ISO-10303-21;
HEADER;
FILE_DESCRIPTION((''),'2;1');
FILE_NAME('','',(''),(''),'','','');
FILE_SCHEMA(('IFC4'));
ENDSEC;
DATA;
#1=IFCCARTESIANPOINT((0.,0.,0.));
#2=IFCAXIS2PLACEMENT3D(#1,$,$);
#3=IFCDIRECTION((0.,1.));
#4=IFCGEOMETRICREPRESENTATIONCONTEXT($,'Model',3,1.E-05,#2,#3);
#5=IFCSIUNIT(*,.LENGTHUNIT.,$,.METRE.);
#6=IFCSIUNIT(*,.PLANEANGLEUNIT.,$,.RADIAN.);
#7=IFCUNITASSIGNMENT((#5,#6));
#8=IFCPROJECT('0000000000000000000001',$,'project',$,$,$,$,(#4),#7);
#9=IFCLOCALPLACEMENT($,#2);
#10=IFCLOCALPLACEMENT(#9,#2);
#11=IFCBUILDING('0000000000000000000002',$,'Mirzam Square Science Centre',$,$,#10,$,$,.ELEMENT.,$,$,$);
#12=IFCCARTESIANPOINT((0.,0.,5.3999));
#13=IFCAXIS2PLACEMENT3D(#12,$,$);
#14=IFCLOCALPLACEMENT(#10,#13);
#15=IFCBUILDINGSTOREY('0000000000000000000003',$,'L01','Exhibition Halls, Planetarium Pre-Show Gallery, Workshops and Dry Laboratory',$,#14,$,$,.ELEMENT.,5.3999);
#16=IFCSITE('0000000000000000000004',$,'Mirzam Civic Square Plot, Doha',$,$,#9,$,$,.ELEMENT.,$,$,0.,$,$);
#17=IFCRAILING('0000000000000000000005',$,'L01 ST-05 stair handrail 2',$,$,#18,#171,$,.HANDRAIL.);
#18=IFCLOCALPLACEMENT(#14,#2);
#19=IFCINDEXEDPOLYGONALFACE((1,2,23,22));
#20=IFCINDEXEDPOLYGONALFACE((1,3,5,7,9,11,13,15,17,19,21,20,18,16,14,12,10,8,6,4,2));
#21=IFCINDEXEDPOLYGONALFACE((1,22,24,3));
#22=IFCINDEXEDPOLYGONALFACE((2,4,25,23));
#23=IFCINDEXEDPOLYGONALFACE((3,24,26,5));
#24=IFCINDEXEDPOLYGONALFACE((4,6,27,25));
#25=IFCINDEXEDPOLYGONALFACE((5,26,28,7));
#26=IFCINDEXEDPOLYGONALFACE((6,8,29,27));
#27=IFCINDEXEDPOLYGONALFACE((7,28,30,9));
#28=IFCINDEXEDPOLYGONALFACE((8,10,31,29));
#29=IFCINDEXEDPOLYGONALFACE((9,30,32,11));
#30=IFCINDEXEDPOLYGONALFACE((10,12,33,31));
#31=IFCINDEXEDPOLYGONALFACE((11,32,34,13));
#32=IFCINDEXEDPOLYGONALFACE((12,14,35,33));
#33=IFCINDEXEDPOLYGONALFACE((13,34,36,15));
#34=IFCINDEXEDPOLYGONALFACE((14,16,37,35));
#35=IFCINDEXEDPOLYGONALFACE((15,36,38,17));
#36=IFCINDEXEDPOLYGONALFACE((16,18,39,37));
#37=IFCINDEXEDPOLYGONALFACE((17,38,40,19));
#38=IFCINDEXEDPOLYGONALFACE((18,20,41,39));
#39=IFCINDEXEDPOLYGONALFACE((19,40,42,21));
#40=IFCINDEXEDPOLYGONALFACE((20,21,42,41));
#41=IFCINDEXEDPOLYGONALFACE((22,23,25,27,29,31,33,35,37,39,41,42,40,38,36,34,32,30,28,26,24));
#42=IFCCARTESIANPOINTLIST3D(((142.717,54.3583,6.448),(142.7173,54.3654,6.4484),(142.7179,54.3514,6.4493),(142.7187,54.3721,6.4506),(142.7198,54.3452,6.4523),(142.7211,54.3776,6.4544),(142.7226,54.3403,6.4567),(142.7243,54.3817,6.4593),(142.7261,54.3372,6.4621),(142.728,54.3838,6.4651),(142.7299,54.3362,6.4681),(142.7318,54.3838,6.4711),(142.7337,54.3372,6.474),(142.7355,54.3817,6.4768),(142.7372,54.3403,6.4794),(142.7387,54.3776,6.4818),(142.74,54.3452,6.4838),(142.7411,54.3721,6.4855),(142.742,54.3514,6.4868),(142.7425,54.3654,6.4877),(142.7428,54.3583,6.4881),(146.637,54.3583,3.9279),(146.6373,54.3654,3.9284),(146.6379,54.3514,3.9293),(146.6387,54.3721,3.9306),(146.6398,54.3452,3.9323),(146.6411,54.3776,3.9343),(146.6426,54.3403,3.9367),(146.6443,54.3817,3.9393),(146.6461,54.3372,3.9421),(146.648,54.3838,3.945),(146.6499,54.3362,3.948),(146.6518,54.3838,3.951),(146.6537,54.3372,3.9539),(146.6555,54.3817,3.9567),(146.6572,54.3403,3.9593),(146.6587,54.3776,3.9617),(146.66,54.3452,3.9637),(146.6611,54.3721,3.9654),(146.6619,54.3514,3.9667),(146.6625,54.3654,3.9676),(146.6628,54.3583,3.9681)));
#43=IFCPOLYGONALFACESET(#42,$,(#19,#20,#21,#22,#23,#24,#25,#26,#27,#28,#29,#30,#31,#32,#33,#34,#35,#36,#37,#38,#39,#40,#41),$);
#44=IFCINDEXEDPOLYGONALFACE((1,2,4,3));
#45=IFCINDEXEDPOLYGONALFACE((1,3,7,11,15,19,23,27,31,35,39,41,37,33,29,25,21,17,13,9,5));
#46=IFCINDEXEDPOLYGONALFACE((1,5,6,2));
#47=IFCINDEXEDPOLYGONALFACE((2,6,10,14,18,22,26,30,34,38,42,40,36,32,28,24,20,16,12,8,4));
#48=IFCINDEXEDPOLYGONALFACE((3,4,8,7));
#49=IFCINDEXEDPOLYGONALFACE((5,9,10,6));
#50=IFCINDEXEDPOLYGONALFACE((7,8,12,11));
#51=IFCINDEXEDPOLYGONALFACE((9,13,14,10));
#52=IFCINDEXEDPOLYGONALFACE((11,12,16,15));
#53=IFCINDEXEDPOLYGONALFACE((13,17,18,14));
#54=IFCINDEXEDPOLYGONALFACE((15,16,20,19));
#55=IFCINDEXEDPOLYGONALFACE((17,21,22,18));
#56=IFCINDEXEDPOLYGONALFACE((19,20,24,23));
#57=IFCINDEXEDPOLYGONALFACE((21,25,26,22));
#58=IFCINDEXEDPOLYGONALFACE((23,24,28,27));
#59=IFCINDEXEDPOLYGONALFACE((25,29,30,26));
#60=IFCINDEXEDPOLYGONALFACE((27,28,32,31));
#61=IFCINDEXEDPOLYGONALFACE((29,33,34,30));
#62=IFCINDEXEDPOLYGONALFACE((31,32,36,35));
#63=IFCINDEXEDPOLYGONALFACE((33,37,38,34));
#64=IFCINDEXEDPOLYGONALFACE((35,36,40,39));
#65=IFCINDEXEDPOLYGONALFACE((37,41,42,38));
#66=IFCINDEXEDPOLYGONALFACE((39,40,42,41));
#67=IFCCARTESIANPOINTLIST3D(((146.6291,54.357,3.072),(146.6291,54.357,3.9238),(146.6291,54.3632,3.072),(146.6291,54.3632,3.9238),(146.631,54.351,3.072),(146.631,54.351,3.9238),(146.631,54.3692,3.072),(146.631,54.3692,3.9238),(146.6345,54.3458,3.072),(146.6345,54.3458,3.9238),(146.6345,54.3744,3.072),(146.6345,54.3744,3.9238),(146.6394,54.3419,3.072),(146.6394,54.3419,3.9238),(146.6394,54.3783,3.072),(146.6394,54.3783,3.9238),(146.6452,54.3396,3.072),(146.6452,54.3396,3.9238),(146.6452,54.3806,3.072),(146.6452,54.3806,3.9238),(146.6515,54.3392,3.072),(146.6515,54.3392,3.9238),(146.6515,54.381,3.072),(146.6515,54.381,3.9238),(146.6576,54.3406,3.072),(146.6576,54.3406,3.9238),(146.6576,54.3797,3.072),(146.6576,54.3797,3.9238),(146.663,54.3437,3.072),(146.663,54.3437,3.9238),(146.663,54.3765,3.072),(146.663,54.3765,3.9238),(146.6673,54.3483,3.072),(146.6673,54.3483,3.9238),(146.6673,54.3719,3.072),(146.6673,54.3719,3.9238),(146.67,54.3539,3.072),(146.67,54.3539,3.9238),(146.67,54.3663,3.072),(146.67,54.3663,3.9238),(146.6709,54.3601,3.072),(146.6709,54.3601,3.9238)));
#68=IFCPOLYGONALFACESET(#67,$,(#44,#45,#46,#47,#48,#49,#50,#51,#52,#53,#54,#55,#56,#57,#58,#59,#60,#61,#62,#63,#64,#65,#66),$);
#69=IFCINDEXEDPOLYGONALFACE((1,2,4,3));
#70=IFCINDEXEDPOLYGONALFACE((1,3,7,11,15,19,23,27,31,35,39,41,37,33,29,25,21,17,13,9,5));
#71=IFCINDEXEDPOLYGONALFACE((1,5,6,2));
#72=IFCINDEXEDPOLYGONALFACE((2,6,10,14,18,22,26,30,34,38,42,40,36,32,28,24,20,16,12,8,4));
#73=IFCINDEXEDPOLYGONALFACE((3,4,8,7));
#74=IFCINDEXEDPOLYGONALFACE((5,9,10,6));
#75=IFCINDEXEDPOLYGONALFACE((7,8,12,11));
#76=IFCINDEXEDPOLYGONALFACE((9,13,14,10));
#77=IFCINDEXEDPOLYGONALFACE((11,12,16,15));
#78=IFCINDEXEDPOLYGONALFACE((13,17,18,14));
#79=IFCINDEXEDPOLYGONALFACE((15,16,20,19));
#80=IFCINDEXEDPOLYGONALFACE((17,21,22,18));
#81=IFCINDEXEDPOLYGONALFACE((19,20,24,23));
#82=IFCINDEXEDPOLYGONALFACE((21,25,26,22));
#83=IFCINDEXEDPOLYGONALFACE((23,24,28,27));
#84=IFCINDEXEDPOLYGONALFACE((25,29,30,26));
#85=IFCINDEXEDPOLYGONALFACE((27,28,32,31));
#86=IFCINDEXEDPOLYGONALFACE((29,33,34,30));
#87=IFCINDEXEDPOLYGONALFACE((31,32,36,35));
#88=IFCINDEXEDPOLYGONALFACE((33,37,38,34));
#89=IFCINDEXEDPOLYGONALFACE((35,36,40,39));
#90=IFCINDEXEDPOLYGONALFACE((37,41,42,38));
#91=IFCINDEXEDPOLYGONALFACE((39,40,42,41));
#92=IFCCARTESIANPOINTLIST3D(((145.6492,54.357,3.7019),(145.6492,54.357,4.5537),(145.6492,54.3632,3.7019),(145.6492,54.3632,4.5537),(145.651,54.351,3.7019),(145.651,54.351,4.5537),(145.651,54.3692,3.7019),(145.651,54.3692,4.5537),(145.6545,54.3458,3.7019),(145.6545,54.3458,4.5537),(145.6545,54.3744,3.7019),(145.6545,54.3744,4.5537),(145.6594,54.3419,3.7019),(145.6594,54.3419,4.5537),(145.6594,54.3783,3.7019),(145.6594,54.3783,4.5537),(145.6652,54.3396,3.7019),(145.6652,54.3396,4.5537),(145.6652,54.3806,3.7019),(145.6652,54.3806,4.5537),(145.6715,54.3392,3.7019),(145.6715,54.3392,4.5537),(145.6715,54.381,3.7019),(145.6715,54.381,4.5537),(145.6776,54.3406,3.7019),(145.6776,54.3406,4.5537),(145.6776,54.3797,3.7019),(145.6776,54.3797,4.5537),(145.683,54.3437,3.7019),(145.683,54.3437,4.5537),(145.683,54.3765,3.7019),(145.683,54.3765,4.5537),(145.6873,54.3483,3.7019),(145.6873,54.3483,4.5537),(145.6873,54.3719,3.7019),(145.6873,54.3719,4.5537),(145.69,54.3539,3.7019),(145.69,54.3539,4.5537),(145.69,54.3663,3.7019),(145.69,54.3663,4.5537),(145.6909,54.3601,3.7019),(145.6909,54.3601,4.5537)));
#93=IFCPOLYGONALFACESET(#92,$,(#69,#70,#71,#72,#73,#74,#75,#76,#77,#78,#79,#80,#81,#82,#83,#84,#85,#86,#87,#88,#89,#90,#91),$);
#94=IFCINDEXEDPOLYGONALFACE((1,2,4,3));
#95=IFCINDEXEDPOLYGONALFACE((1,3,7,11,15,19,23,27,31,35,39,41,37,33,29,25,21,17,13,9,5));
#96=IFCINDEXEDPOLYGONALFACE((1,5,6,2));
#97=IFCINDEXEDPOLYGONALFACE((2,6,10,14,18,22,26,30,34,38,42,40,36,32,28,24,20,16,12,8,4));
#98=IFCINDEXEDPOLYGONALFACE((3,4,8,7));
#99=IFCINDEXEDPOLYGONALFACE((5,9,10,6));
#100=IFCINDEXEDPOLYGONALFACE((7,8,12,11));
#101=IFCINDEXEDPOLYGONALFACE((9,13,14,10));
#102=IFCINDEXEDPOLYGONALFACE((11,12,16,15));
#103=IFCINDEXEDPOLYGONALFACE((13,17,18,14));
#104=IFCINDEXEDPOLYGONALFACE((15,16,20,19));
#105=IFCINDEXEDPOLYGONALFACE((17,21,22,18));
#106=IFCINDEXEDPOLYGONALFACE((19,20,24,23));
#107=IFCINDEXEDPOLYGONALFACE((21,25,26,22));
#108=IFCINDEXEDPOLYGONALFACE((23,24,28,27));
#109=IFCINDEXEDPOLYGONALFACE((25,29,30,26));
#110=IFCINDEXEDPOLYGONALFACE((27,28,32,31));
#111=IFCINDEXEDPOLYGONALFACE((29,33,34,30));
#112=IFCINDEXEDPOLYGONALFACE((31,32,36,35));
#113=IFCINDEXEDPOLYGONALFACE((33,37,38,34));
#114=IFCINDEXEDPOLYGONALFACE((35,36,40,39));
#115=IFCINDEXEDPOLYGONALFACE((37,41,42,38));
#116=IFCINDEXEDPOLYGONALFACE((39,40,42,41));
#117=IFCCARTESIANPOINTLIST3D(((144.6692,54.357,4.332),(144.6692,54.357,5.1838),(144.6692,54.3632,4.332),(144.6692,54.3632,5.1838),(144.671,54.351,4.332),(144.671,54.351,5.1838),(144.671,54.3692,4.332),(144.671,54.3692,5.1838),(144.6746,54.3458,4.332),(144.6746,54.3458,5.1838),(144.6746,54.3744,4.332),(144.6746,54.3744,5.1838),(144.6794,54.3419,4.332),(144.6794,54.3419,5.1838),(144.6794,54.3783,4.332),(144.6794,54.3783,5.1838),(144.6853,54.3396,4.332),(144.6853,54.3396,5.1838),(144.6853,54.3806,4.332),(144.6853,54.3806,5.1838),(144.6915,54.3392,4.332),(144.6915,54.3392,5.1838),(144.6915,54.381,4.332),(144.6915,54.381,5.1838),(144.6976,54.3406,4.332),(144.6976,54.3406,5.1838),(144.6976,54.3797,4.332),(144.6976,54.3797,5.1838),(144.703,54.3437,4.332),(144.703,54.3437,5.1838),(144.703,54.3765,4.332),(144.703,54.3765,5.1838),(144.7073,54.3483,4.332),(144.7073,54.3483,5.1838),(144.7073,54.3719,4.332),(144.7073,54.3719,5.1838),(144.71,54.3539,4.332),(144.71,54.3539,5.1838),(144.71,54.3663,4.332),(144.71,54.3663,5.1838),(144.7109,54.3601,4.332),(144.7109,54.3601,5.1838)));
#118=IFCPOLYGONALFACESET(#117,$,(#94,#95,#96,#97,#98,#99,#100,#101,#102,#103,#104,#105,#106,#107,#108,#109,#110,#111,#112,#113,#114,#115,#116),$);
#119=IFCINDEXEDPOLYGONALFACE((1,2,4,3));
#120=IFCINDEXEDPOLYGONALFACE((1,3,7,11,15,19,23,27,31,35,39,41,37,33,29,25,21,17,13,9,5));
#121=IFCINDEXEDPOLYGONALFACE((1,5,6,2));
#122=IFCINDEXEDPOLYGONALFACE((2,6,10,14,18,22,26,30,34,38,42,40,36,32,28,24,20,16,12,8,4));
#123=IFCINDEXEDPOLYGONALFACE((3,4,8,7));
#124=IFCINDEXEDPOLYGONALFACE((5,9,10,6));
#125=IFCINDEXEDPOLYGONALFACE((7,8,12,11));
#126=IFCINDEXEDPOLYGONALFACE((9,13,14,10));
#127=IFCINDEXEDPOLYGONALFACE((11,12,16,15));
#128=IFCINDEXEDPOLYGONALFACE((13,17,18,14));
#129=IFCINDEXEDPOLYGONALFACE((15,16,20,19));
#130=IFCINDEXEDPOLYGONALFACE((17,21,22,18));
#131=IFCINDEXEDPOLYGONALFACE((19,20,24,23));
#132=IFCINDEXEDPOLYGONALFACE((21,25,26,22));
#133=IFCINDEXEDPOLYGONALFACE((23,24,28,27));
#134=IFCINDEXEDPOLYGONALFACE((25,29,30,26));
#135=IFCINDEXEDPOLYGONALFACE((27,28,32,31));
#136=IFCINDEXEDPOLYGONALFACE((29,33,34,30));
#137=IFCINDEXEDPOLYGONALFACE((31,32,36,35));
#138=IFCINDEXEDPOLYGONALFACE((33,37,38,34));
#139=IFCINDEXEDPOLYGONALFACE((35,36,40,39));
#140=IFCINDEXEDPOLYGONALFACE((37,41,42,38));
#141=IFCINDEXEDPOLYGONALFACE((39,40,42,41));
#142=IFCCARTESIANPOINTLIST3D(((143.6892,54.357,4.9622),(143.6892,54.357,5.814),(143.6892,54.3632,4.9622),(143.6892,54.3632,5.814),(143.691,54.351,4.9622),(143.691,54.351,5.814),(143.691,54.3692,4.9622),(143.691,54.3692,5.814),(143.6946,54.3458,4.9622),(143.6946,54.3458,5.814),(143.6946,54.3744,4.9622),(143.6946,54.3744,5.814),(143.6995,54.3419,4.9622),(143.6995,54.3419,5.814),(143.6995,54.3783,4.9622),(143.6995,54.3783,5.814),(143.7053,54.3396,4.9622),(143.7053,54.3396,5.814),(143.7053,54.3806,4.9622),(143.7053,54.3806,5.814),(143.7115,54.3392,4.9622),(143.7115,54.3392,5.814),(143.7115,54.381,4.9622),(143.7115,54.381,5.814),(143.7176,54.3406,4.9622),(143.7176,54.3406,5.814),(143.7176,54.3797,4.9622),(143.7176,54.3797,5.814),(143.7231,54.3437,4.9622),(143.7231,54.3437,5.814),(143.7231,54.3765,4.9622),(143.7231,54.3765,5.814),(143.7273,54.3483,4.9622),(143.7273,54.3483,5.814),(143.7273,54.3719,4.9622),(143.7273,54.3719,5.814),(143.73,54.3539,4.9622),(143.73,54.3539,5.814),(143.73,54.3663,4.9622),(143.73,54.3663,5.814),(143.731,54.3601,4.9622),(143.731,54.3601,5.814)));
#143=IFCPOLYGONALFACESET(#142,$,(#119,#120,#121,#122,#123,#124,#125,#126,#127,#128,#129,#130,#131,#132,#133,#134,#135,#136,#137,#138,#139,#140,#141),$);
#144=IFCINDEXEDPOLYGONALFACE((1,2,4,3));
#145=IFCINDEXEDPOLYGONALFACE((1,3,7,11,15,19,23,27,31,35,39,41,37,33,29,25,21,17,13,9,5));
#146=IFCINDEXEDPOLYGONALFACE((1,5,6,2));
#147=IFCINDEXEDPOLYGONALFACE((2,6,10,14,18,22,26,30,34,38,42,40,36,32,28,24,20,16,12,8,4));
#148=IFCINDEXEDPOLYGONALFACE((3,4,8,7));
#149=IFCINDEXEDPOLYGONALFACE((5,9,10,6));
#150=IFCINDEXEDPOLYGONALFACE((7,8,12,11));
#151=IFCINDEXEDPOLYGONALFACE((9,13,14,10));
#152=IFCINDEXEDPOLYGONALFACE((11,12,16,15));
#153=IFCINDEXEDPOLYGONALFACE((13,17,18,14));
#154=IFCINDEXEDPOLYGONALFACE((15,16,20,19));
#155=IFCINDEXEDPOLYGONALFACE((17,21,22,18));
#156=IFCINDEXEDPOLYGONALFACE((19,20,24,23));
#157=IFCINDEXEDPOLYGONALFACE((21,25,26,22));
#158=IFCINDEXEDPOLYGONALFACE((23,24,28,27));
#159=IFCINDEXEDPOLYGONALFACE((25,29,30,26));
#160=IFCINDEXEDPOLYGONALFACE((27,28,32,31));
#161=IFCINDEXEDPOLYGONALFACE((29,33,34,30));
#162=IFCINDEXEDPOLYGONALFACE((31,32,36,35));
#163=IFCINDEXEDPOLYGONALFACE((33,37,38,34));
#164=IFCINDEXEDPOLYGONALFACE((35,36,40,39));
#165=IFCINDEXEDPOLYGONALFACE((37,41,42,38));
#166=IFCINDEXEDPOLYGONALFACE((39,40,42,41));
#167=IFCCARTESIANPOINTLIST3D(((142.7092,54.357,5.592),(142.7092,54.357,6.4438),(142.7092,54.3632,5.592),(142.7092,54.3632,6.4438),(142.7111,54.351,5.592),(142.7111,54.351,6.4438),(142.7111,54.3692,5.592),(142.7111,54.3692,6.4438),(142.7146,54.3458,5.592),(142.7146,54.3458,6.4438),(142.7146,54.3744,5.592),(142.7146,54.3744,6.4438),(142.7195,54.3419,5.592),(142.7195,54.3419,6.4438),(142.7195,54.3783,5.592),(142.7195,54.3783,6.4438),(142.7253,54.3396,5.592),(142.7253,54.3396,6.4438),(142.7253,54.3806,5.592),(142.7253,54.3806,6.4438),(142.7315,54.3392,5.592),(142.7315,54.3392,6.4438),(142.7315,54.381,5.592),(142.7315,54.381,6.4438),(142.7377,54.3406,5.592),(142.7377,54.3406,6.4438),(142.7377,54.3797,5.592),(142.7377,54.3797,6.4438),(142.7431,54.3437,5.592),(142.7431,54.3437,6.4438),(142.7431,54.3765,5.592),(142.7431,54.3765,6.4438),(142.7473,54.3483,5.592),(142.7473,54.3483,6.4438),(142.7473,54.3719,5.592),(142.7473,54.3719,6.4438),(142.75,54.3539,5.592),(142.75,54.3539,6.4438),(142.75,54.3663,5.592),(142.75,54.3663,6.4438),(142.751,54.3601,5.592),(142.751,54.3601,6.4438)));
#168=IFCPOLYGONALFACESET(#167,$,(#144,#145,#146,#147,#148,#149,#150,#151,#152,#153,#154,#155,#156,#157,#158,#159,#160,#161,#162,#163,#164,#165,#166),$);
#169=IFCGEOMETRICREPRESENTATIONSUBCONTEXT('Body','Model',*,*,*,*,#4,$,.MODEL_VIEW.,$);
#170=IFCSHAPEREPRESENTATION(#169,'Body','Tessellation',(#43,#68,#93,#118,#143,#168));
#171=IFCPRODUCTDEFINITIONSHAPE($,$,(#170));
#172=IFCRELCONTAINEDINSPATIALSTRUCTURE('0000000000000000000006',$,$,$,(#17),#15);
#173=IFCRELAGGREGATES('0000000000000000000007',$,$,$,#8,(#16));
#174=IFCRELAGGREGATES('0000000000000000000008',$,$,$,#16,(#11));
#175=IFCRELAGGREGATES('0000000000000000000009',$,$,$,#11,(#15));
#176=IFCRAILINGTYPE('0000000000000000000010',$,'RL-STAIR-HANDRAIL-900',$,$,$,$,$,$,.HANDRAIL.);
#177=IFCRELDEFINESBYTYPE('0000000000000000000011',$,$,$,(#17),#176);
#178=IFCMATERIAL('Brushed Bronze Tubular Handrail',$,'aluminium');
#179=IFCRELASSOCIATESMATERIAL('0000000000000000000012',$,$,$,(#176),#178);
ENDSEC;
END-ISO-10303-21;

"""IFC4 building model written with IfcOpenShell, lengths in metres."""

from ifc_helpers import new_model, si_unit, direction, frame, origin, origin_2d, place, context, subcontext, project, spatial, circle, extrude, material, type_object, element, save


model = new_model("IFC4")

# Units and contexts
model_context = context("Model", 3, precision=1e-05, world=origin(), true_north=direction((0.0, 1.0)))
body_context = subcontext(model_context, "Body", "Model", "MODEL_VIEW")
ifc_project = project(units=[si_unit("LENGTHUNIT", "METRE"), si_unit("PLANEANGLEUNIT", "RADIAN")], contexts=[model_context])

# Site, building, storey
site_placement = place(None, origin())
site = spatial("IfcSite", under=ifc_project, at=site_placement, Name="Mirzam Civic Square Plot, Doha", CompositionType="ELEMENT", RefElevation=0.0)
building_placement = place(site_placement, origin())
building = spatial("IfcBuilding", under=site, at=building_placement, Name="Mirzam Square Science Centre", CompositionType="ELEMENT")
storey_placement = place(building_placement, frame((0.0, 0.0, 5.3999)))
storey = spatial("IfcBuildingStorey", under=building, at=storey_placement, Name="L01", Description="Exhibition Halls, Planetarium Pre-Show Gallery, Workshops and Dry Laboratory", CompositionType="ELEMENT", Elevation=5.3999)

# Railing
ifc_material_1 = material(Name="Brushed Bronze Tubular Handrail", Category="aluminium")
railing_type_1 = type_object("IfcRailingType", Name="RL-STAIR-HANDRAIL-900", PredefinedType="HANDRAIL", material=ifc_material_1)
railing_1_placement = place(storey_placement, frame((146.6499, 54.3601, 3.072)))
element("IfcRailing", 1, at=railing_1_placement, inside=storey, type_object=railing_type_1, Name="L01 ST-05 stair handrail 2", PredefinedType="HANDRAIL", context=body_context, shape_type="SweptSolid", body=[
    extrude(circle(Radius=0.0239, at=origin_2d()), frame((0.0, 0.0, 0.876), z_axis=(-0.841172, 0.0, 0.540768), x_axis=(0.0, -1.0, 0.0)), (0.0, 0.0, 1.0), 4.6602),
    extrude(circle(Radius=0.021, at=origin_2d()), origin(), (0.0, 0.0, 1.0), 0.8518),
    extrude(circle(Radius=0.021, at=origin_2d()), frame((-0.98, 0.0, 0.6299)), (0.0, 0.0, 1.0), 0.8518),
    extrude(circle(Radius=0.021, at=origin_2d()), frame((-1.96, 0.0, 1.26)), (0.0, 0.0, 1.0), 0.8518),
    extrude(circle(Radius=0.021, at=origin_2d()), frame((-2.9399, 0.0, 1.8901)), (0.0, 0.0, 1.0), 0.8518),
    extrude(circle(Radius=0.021, at=origin_2d()), frame((-3.9199, 0.0, 2.52)), (0.0, 0.0, 1.0), 0.8518),
])

save(model, "model.ifc")
